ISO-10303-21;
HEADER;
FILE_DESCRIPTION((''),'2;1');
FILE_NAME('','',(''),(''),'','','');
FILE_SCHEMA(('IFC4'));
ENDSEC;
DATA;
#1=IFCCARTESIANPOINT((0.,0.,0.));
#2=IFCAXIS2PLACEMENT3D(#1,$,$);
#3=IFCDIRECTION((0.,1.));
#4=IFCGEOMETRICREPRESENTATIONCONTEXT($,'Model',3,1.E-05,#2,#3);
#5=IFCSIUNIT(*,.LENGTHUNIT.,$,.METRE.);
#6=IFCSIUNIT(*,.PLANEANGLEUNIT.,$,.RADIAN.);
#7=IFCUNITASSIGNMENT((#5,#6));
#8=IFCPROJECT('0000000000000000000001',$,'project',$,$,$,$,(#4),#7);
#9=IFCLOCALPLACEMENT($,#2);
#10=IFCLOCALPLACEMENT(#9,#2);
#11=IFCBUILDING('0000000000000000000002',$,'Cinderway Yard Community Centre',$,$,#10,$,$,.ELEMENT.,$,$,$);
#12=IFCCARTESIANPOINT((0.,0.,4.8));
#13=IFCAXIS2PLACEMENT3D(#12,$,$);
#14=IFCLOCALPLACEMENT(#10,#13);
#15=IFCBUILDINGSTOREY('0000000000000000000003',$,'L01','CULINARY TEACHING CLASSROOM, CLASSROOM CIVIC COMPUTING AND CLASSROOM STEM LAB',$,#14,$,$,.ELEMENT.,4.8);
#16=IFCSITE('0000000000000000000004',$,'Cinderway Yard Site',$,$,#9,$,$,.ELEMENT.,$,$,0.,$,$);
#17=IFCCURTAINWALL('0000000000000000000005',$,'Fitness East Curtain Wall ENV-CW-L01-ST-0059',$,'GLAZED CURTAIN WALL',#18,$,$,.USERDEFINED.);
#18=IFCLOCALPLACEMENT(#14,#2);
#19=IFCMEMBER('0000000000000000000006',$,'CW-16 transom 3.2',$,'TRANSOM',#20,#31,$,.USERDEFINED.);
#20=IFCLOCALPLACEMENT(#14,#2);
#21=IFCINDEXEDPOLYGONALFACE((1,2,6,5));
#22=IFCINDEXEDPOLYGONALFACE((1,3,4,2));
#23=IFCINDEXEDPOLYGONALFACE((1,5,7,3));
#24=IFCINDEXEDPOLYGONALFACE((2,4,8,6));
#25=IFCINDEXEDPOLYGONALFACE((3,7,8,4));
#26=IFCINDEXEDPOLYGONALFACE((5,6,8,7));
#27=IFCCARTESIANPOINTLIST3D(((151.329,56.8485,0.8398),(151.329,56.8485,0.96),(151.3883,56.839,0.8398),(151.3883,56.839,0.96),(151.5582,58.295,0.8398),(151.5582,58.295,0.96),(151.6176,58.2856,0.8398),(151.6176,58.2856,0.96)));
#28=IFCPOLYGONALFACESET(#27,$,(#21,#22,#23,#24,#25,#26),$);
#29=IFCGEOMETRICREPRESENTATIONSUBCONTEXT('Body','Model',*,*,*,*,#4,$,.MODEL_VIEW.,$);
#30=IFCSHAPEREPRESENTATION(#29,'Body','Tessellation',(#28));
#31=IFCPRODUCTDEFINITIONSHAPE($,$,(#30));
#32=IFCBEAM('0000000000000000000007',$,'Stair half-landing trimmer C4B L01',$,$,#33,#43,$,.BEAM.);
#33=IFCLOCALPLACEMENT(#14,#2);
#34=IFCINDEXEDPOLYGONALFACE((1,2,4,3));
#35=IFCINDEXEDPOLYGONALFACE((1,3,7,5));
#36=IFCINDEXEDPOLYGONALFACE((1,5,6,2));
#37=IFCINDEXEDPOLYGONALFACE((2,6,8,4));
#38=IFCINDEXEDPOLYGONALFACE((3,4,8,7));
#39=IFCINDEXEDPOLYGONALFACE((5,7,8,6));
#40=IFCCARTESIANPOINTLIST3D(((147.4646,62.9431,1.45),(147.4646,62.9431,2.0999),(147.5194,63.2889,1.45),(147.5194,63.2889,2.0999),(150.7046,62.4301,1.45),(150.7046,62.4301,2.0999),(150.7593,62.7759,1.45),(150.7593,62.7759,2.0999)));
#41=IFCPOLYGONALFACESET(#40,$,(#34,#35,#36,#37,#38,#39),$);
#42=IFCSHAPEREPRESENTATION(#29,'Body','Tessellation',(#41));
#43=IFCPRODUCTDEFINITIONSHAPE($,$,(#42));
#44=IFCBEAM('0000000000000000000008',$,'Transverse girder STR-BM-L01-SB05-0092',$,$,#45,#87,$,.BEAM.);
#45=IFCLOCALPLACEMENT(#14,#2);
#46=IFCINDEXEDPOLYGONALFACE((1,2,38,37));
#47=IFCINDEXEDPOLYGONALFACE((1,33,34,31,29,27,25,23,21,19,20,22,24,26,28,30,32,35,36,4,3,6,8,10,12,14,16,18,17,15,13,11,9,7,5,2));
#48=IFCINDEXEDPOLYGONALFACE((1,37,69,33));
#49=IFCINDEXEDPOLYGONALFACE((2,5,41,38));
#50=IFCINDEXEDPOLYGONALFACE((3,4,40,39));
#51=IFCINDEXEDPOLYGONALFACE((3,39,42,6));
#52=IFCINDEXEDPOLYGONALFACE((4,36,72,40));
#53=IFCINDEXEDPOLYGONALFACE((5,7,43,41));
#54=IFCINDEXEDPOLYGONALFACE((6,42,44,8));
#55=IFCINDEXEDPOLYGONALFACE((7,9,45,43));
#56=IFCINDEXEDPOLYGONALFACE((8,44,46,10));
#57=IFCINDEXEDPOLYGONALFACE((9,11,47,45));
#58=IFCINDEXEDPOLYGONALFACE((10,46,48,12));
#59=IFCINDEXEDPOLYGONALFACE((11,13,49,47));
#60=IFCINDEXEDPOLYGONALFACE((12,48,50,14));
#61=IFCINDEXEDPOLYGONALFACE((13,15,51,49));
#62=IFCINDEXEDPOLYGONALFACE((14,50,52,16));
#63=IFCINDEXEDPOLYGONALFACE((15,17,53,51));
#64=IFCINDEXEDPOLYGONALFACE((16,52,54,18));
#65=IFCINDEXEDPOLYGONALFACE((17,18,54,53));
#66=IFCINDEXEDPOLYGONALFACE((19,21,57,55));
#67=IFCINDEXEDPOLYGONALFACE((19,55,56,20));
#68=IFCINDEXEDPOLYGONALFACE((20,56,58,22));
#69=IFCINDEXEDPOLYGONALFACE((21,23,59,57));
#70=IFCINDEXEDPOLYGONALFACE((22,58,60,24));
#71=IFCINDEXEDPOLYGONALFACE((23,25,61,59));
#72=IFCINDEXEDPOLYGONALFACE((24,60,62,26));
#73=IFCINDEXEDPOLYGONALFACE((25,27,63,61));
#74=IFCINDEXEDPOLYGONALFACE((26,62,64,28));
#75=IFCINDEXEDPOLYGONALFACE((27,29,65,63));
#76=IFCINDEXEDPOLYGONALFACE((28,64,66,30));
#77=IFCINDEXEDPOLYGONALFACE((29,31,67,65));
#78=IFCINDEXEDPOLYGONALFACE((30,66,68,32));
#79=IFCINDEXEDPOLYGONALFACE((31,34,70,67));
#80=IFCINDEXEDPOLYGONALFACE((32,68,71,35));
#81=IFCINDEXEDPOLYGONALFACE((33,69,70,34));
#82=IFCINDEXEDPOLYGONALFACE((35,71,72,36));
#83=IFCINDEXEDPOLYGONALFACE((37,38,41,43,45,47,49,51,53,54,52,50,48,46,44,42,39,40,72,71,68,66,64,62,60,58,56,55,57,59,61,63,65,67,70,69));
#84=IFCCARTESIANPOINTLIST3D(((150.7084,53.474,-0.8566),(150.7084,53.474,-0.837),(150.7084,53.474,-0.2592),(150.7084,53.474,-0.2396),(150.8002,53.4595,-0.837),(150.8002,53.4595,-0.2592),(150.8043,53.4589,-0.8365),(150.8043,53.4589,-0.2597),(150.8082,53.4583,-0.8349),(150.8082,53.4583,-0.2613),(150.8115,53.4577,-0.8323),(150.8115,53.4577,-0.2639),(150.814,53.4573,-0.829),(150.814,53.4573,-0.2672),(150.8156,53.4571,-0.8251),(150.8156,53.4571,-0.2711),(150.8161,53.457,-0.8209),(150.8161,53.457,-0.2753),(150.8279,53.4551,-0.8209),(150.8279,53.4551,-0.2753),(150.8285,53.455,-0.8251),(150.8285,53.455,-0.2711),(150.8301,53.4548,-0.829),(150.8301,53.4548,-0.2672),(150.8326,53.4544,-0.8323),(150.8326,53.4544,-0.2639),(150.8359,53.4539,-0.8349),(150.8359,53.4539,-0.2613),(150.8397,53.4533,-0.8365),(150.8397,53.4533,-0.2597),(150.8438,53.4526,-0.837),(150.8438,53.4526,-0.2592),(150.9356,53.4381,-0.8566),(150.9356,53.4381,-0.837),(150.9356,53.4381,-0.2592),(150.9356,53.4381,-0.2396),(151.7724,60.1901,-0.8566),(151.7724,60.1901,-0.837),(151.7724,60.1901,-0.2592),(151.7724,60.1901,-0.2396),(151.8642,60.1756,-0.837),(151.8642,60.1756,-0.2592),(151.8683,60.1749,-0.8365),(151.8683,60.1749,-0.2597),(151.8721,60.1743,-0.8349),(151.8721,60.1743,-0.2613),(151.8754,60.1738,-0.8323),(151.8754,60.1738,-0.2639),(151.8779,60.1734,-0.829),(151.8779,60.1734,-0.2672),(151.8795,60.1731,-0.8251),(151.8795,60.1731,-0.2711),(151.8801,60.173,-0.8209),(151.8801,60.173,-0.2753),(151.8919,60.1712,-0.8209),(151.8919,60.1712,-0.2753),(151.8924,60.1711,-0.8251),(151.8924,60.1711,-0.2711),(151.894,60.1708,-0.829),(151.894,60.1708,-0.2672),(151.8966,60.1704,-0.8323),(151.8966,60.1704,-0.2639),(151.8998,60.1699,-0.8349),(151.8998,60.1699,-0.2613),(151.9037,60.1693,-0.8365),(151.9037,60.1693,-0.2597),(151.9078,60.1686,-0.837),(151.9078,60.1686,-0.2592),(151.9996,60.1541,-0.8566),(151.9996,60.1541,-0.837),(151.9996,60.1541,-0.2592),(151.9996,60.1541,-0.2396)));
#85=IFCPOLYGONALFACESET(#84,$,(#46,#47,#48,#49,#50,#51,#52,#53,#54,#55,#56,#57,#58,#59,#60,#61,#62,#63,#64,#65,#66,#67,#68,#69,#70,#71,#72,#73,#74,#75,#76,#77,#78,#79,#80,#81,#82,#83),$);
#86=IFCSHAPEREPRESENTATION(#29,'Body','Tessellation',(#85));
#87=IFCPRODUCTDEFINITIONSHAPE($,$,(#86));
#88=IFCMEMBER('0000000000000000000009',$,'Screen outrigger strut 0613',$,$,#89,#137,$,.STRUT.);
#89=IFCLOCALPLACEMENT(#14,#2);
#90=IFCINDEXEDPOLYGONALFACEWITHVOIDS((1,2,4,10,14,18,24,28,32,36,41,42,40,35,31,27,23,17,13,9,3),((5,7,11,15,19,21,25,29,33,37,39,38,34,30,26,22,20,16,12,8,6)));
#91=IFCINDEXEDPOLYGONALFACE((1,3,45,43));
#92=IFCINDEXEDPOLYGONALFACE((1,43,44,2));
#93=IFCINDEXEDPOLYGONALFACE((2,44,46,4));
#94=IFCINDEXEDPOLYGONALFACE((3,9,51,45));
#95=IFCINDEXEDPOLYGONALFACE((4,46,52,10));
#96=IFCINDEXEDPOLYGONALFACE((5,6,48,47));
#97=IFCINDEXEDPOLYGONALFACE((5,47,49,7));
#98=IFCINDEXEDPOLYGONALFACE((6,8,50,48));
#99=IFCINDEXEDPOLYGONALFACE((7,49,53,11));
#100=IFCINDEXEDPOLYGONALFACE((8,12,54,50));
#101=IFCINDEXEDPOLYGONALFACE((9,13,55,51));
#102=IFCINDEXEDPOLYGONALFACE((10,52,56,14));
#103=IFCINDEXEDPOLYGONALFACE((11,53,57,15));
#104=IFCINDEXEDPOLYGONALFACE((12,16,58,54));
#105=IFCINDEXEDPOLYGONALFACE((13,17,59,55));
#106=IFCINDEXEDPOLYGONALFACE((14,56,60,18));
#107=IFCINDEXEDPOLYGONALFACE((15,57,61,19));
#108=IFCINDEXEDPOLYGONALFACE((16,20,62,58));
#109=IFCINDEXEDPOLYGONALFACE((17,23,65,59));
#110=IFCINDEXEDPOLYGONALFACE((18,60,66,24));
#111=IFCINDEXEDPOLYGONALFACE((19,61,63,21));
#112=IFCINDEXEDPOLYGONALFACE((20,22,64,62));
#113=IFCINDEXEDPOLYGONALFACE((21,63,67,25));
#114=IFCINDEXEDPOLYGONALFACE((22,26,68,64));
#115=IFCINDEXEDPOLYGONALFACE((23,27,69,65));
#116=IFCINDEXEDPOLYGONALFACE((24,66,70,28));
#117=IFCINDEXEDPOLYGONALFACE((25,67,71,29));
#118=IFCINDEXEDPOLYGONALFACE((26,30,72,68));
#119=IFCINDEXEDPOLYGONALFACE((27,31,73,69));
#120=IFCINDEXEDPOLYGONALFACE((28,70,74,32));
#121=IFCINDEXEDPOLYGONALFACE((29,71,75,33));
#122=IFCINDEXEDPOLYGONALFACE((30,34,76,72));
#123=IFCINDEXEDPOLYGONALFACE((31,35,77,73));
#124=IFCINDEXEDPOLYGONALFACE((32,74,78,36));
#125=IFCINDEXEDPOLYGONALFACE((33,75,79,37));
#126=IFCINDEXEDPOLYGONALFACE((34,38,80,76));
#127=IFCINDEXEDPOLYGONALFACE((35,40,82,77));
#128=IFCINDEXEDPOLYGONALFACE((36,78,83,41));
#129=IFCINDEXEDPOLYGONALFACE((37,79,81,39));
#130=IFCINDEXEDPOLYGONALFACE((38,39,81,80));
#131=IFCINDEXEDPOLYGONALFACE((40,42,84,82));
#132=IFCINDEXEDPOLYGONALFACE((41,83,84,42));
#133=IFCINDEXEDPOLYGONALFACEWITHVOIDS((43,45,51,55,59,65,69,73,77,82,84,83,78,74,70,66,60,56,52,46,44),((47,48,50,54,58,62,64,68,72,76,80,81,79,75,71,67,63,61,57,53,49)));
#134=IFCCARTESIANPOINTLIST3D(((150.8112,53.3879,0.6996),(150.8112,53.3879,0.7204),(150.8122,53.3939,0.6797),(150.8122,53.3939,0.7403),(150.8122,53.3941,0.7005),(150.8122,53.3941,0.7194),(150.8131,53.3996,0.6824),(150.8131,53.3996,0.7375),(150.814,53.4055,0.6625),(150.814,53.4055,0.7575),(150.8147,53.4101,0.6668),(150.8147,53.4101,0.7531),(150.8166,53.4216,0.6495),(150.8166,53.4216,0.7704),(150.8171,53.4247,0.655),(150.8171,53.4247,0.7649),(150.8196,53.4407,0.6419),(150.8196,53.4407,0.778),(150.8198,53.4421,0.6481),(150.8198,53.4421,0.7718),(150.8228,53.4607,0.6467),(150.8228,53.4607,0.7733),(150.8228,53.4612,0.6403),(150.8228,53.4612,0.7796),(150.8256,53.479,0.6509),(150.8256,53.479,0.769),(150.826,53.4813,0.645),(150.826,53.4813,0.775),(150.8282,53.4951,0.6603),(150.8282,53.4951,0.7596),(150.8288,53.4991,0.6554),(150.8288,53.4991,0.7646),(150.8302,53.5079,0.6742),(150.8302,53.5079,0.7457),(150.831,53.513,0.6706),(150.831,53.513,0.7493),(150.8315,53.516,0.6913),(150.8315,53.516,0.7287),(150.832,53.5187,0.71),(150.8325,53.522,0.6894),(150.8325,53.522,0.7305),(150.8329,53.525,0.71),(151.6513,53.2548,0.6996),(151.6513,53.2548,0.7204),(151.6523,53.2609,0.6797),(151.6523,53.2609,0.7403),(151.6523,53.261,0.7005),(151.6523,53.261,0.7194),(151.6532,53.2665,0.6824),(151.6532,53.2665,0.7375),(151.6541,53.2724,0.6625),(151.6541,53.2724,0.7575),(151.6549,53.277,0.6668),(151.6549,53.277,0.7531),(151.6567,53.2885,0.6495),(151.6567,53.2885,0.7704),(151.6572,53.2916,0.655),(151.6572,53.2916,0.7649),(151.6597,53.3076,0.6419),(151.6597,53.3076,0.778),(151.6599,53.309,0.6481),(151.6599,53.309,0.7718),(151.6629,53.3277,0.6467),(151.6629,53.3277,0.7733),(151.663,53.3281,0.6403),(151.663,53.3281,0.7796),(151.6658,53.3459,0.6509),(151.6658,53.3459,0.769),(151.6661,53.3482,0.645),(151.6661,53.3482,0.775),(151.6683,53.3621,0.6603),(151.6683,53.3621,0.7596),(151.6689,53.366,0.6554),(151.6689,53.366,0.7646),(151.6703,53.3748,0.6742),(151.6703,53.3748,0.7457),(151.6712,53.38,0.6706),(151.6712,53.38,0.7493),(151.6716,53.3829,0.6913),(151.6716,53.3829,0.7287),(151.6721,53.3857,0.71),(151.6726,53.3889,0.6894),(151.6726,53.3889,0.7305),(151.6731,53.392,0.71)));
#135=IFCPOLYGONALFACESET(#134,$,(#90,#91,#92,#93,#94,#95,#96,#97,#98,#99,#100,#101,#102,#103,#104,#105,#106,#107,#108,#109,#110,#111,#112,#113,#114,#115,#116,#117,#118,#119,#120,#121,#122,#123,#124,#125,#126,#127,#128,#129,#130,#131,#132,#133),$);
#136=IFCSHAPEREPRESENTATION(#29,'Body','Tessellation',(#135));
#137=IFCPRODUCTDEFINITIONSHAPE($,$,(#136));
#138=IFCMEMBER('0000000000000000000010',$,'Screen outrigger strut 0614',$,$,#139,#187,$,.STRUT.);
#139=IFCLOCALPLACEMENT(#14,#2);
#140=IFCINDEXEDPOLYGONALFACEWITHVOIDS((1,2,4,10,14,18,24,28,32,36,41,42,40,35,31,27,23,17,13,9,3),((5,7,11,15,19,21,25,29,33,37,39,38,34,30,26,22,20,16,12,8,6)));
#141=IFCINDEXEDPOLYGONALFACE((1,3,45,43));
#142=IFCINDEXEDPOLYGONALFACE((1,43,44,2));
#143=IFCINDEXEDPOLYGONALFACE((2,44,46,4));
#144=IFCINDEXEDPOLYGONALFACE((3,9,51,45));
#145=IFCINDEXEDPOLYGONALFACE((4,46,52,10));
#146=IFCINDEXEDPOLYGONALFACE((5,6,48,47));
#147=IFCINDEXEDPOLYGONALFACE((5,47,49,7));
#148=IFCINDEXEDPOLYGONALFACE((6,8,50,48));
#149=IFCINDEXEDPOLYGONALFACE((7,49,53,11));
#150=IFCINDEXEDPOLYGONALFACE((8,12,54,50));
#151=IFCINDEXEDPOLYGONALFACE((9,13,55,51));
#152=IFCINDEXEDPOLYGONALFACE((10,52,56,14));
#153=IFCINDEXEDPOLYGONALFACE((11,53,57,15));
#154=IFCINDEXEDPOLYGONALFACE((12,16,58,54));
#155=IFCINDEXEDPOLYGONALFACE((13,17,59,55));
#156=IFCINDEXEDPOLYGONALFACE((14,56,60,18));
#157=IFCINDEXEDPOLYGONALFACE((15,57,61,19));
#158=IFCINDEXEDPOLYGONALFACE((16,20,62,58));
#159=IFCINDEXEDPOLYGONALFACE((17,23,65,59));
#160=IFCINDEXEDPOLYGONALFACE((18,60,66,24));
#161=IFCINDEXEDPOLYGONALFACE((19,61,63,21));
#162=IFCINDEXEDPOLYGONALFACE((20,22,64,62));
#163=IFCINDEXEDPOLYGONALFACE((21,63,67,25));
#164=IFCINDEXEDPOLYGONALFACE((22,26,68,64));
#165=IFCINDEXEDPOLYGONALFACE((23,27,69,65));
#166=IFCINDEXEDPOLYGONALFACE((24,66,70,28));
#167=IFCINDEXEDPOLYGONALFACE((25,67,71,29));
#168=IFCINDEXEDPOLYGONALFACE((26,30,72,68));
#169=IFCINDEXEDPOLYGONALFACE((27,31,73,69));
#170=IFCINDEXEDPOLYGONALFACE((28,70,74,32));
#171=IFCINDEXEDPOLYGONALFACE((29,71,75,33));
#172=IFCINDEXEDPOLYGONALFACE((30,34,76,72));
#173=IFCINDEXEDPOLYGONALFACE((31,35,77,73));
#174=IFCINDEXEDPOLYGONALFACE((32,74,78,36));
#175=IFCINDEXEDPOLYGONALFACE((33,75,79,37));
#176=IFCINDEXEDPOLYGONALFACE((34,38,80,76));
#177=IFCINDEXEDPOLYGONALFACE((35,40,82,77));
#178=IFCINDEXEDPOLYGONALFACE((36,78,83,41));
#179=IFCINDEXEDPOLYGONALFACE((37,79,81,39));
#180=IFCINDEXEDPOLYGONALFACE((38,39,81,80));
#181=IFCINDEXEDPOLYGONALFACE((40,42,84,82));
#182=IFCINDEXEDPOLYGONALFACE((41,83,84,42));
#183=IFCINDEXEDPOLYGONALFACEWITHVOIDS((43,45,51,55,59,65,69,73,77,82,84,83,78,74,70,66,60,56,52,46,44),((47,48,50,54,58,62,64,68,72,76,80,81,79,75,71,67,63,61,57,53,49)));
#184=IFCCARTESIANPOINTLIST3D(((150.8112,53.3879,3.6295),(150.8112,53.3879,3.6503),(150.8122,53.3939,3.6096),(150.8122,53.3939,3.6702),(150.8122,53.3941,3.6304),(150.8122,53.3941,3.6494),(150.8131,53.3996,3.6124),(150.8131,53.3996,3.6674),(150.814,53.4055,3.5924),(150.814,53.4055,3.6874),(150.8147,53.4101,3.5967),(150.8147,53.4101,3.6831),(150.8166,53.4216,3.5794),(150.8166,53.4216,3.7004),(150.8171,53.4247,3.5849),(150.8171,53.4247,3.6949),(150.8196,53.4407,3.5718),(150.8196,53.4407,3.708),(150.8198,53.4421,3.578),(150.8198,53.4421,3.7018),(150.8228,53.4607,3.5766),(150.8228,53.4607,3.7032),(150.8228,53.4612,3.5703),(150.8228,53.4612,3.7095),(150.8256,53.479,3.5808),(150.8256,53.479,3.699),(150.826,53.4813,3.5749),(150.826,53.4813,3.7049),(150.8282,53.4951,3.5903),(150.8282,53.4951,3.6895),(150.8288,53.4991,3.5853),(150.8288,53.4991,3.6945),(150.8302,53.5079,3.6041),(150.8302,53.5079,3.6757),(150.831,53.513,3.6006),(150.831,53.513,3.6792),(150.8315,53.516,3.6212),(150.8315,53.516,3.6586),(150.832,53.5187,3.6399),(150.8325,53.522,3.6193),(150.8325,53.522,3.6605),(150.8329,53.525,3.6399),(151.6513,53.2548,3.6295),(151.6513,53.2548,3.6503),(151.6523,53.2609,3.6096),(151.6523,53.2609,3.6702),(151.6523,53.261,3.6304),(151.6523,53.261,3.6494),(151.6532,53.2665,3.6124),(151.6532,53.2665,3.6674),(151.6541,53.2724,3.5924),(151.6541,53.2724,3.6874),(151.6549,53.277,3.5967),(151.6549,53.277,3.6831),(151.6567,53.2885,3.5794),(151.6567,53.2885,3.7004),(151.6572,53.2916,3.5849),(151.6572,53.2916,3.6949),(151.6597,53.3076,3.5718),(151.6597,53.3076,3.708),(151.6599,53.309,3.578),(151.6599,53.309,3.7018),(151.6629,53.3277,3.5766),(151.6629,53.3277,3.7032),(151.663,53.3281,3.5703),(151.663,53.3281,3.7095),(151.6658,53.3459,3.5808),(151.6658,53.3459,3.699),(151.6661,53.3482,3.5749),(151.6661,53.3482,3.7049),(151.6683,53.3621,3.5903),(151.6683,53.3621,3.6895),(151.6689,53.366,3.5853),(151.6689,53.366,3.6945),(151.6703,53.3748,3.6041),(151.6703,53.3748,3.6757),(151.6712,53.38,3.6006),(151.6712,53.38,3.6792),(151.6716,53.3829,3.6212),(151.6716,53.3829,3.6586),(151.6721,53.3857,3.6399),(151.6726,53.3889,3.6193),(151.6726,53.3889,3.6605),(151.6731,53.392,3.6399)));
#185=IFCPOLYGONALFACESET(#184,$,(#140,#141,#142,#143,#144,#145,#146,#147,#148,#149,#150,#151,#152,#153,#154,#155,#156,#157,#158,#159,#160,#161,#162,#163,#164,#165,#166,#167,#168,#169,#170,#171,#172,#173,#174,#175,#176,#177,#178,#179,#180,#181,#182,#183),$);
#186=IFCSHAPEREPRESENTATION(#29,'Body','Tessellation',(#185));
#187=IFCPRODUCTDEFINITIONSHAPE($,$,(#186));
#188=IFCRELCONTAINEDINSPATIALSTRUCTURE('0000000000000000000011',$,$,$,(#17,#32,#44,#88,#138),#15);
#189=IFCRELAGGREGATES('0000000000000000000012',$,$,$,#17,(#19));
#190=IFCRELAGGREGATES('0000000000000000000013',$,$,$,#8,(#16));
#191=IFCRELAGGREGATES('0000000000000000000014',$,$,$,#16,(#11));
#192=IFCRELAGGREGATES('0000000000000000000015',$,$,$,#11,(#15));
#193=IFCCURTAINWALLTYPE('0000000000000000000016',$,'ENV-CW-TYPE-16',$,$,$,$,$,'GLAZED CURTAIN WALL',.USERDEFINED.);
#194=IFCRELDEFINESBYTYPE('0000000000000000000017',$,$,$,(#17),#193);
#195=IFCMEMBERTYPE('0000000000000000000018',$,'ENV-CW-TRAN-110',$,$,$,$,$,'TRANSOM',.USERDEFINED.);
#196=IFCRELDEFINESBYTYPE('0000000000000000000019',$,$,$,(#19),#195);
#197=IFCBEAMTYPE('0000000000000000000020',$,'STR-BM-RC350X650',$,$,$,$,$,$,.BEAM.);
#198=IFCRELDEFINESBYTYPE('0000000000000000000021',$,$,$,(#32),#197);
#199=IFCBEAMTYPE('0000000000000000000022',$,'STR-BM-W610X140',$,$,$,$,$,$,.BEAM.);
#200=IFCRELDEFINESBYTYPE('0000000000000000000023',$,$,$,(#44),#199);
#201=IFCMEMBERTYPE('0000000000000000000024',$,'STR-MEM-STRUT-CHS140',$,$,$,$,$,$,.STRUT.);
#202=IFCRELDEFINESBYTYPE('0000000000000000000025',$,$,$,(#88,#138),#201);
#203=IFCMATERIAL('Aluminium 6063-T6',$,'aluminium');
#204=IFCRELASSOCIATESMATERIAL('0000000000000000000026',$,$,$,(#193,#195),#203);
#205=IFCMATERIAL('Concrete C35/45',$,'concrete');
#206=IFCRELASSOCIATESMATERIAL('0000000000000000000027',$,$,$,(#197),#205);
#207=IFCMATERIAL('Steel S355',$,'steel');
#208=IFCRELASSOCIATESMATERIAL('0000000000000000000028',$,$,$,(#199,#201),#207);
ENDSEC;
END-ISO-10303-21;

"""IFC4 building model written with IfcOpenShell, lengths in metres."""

from ifc_helpers import new_model, si_unit, direction, frame, origin, origin_2d, place, context, subcontext, project, spatial, rectangle, hollow_circle, i_section, extrude, material, material_profile, profile_set, type_object, element, aggregate, save


model = new_model("IFC4")

# Units and contexts
model_context = context("Model", 3, precision=1e-05, world=origin(), true_north=direction((0.0, 1.0)))
body_context = subcontext(model_context, "Body", "Model", "MODEL_VIEW")
ifc_project = project(units=[si_unit("LENGTHUNIT", "METRE"), si_unit("PLANEANGLEUNIT", "RADIAN")], contexts=[model_context])

# Site, building, storey
site_placement = place(None, origin())
site = spatial("IfcSite", under=ifc_project, at=site_placement, Name="Cinderway Yard Site", CompositionType="ELEMENT", RefElevation=0.0)
building_placement = place(site_placement, origin())
building = spatial("IfcBuilding", under=site, at=building_placement, Name="Cinderway Yard Community Centre", CompositionType="ELEMENT")
storey_placement = place(building_placement, frame((0.0, 0.0, 4.8)))
storey = spatial("IfcBuildingStorey", under=building, at=storey_placement, Name="L01", Description="CULINARY TEACHING CLASSROOM, CLASSROOM CIVIC COMPUTING AND CLASSROOM STEM LAB", CompositionType="ELEMENT", Elevation=4.8)

# Shared definitions
ifc_material_1 = material(Name="Aluminium 6063-T6", Category="aluminium")
curtain_wall_type = type_object("IfcCurtainWallType", Name="ENV-CW-TYPE-16", ElementType="GLAZED CURTAIN WALL", PredefinedType="USERDEFINED", material=ifc_material_1)

# Curtain wall, member
curtain_wall_1_placement = place(storey_placement, origin())
curtain_wall_1 = element("IfcCurtainWall", 1, at=curtain_wall_1_placement, inside=storey, type_object=curtain_wall_type, Name="Fitness East Curtain Wall ENV-CW-L01-ST-0059", ObjectType="GLAZED CURTAIN WALL", PredefinedType="USERDEFINED")
ifc_material_profile_1 = material_profile(ifc_material_1, rectangle(XDim=0.0601, YDim=0.1201, at=origin_2d()), Name="Aluminium 6063-T6")
ifc_profile_set_1 = profile_set([ifc_material_profile_1], Name="Aluminium 6063-T6")
member_type_1 = type_object("IfcMemberType", Name="ENV-CW-TRAN-110", ElementType="TRANSOM", PredefinedType="USERDEFINED", material=ifc_profile_set_1)
member_1_placement = place(storey_placement, frame((151.3586, 56.8438, 0.8999), z_axis=(0.156528, 0.987674, 0.0), x_axis=(-0.987674, 0.156528, 0.0)))
member_1 = element("IfcMember", 2, at=member_1_placement, type_object=member_type_1, Name="CW-16 transom 3.2", ObjectType="TRANSOM", PredefinedType="USERDEFINED", context=body_context, shape_type="SweptSolid", body=[
    extrude(rectangle(XDim=0.0601, YDim=0.1201, at=origin_2d()), origin(), (0.0, 0.0, 1.0), 1.4646),
])

# Beams
ifc_material_2 = material(Name="Concrete C35/45", Category="concrete")
ifc_material_profile_2 = material_profile(ifc_material_2, rectangle(XDim=0.3501, YDim=0.6499, at=origin_2d()), Name="Concrete C35/45")
ifc_profile_set_2 = profile_set([ifc_material_profile_2], Name="Concrete C35/45")
beam_type_1 = type_object("IfcBeamType", Name="STR-BM-RC350X650", PredefinedType="BEAM", material=ifc_profile_set_2)
beam_1_placement = place(storey_placement, frame((150.7319, 62.603, 1.7749), z_axis=(-0.987699, 0.156368, 0.0), x_axis=(-0.156368, -0.987699, 0.0)))
element("IfcBeam", 3, at=beam_1_placement, inside=storey, type_object=beam_type_1, Name="Stair half-landing trimmer C4B L01", PredefinedType="BEAM", context=body_context, shape_type="SweptSolid", body=[
    extrude(rectangle(XDim=0.3501, YDim=0.6499, at=origin_2d()), origin(), (0.0, 0.0, 1.0), 3.2803),
])
ifc_material_3 = material(Name="Steel S355", Category="steel")
ifc_material_profile_3 = material_profile(ifc_material_3, i_section(OverallWidth=0.23, OverallDepth=0.6169, WebThickness=0.012, FlangeThickness=0.0195, FilletRadius=0.0161, at=origin_2d()), Name="Steel S355")
ifc_profile_set_3 = profile_set([ifc_material_profile_3], Name="Steel S355")
beam_type_2 = type_object("IfcBeamType", Name="STR-BM-W610X140", PredefinedType="BEAM", material=ifc_profile_set_3)
beam_2_placement = place(storey_placement, frame((150.822, 53.4561, -0.5481), z_axis=(0.15647, 0.987683, 0.0), x_axis=(-0.987683, 0.15647, 0.0)))
element("IfcBeam", 4, at=beam_2_placement, inside=storey, type_object=beam_type_2, Name="Transverse girder STR-BM-L01-SB05-0092", PredefinedType="BEAM", context=body_context, shape_type="SweptSolid", body=[
    extrude(i_section(OverallWidth=0.23, OverallDepth=0.6169, WebThickness=0.012, FlangeThickness=0.0195, FilletRadius=0.0161, at=origin_2d()), origin(), (0.0, 0.0, 1.0), 6.7998),
])

# Members
ifc_material_profile_4 = material_profile(ifc_material_3, hollow_circle(Radius=0.0698, WallThickness=0.0063, at=origin_2d()), Name="Steel S355")
ifc_profile_set_4 = profile_set([ifc_material_profile_4], Name="Steel S355")
member_type_2 = type_object("IfcMemberType", Name="STR-MEM-STRUT-CHS140", PredefinedType="STRUT", material=ifc_profile_set_4)
for number, where, z_axis, x_axis, name in (
    (5, (150.822, 53.4561, 0.71), (0.987688, -0.156434, 0.0), (0.156434, 0.987688, 0.0), "Screen outrigger strut 0613"),
    (6, (150.822, 53.4561, 3.6399), (0.987688, -0.156434, 0.0), (0.156434, 0.987688, 0.0), "Screen outrigger strut 0614"),
):
    element("IfcMember", number, at=place(storey_placement, frame(where, z_axis=z_axis, x_axis=x_axis)), inside=storey, type_object=member_type_2, Name=name, PredefinedType="STRUT", context=body_context, shape_type="SweptSolid", body=[
        extrude(hollow_circle(Radius=0.0698, WallThickness=0.0063, at=origin_2d()), origin(), (0.0, 0.0, 1.0), 0.8506),
    ])

aggregate(curtain_wall_1, [member_1])

save(model, "model.ifc")
